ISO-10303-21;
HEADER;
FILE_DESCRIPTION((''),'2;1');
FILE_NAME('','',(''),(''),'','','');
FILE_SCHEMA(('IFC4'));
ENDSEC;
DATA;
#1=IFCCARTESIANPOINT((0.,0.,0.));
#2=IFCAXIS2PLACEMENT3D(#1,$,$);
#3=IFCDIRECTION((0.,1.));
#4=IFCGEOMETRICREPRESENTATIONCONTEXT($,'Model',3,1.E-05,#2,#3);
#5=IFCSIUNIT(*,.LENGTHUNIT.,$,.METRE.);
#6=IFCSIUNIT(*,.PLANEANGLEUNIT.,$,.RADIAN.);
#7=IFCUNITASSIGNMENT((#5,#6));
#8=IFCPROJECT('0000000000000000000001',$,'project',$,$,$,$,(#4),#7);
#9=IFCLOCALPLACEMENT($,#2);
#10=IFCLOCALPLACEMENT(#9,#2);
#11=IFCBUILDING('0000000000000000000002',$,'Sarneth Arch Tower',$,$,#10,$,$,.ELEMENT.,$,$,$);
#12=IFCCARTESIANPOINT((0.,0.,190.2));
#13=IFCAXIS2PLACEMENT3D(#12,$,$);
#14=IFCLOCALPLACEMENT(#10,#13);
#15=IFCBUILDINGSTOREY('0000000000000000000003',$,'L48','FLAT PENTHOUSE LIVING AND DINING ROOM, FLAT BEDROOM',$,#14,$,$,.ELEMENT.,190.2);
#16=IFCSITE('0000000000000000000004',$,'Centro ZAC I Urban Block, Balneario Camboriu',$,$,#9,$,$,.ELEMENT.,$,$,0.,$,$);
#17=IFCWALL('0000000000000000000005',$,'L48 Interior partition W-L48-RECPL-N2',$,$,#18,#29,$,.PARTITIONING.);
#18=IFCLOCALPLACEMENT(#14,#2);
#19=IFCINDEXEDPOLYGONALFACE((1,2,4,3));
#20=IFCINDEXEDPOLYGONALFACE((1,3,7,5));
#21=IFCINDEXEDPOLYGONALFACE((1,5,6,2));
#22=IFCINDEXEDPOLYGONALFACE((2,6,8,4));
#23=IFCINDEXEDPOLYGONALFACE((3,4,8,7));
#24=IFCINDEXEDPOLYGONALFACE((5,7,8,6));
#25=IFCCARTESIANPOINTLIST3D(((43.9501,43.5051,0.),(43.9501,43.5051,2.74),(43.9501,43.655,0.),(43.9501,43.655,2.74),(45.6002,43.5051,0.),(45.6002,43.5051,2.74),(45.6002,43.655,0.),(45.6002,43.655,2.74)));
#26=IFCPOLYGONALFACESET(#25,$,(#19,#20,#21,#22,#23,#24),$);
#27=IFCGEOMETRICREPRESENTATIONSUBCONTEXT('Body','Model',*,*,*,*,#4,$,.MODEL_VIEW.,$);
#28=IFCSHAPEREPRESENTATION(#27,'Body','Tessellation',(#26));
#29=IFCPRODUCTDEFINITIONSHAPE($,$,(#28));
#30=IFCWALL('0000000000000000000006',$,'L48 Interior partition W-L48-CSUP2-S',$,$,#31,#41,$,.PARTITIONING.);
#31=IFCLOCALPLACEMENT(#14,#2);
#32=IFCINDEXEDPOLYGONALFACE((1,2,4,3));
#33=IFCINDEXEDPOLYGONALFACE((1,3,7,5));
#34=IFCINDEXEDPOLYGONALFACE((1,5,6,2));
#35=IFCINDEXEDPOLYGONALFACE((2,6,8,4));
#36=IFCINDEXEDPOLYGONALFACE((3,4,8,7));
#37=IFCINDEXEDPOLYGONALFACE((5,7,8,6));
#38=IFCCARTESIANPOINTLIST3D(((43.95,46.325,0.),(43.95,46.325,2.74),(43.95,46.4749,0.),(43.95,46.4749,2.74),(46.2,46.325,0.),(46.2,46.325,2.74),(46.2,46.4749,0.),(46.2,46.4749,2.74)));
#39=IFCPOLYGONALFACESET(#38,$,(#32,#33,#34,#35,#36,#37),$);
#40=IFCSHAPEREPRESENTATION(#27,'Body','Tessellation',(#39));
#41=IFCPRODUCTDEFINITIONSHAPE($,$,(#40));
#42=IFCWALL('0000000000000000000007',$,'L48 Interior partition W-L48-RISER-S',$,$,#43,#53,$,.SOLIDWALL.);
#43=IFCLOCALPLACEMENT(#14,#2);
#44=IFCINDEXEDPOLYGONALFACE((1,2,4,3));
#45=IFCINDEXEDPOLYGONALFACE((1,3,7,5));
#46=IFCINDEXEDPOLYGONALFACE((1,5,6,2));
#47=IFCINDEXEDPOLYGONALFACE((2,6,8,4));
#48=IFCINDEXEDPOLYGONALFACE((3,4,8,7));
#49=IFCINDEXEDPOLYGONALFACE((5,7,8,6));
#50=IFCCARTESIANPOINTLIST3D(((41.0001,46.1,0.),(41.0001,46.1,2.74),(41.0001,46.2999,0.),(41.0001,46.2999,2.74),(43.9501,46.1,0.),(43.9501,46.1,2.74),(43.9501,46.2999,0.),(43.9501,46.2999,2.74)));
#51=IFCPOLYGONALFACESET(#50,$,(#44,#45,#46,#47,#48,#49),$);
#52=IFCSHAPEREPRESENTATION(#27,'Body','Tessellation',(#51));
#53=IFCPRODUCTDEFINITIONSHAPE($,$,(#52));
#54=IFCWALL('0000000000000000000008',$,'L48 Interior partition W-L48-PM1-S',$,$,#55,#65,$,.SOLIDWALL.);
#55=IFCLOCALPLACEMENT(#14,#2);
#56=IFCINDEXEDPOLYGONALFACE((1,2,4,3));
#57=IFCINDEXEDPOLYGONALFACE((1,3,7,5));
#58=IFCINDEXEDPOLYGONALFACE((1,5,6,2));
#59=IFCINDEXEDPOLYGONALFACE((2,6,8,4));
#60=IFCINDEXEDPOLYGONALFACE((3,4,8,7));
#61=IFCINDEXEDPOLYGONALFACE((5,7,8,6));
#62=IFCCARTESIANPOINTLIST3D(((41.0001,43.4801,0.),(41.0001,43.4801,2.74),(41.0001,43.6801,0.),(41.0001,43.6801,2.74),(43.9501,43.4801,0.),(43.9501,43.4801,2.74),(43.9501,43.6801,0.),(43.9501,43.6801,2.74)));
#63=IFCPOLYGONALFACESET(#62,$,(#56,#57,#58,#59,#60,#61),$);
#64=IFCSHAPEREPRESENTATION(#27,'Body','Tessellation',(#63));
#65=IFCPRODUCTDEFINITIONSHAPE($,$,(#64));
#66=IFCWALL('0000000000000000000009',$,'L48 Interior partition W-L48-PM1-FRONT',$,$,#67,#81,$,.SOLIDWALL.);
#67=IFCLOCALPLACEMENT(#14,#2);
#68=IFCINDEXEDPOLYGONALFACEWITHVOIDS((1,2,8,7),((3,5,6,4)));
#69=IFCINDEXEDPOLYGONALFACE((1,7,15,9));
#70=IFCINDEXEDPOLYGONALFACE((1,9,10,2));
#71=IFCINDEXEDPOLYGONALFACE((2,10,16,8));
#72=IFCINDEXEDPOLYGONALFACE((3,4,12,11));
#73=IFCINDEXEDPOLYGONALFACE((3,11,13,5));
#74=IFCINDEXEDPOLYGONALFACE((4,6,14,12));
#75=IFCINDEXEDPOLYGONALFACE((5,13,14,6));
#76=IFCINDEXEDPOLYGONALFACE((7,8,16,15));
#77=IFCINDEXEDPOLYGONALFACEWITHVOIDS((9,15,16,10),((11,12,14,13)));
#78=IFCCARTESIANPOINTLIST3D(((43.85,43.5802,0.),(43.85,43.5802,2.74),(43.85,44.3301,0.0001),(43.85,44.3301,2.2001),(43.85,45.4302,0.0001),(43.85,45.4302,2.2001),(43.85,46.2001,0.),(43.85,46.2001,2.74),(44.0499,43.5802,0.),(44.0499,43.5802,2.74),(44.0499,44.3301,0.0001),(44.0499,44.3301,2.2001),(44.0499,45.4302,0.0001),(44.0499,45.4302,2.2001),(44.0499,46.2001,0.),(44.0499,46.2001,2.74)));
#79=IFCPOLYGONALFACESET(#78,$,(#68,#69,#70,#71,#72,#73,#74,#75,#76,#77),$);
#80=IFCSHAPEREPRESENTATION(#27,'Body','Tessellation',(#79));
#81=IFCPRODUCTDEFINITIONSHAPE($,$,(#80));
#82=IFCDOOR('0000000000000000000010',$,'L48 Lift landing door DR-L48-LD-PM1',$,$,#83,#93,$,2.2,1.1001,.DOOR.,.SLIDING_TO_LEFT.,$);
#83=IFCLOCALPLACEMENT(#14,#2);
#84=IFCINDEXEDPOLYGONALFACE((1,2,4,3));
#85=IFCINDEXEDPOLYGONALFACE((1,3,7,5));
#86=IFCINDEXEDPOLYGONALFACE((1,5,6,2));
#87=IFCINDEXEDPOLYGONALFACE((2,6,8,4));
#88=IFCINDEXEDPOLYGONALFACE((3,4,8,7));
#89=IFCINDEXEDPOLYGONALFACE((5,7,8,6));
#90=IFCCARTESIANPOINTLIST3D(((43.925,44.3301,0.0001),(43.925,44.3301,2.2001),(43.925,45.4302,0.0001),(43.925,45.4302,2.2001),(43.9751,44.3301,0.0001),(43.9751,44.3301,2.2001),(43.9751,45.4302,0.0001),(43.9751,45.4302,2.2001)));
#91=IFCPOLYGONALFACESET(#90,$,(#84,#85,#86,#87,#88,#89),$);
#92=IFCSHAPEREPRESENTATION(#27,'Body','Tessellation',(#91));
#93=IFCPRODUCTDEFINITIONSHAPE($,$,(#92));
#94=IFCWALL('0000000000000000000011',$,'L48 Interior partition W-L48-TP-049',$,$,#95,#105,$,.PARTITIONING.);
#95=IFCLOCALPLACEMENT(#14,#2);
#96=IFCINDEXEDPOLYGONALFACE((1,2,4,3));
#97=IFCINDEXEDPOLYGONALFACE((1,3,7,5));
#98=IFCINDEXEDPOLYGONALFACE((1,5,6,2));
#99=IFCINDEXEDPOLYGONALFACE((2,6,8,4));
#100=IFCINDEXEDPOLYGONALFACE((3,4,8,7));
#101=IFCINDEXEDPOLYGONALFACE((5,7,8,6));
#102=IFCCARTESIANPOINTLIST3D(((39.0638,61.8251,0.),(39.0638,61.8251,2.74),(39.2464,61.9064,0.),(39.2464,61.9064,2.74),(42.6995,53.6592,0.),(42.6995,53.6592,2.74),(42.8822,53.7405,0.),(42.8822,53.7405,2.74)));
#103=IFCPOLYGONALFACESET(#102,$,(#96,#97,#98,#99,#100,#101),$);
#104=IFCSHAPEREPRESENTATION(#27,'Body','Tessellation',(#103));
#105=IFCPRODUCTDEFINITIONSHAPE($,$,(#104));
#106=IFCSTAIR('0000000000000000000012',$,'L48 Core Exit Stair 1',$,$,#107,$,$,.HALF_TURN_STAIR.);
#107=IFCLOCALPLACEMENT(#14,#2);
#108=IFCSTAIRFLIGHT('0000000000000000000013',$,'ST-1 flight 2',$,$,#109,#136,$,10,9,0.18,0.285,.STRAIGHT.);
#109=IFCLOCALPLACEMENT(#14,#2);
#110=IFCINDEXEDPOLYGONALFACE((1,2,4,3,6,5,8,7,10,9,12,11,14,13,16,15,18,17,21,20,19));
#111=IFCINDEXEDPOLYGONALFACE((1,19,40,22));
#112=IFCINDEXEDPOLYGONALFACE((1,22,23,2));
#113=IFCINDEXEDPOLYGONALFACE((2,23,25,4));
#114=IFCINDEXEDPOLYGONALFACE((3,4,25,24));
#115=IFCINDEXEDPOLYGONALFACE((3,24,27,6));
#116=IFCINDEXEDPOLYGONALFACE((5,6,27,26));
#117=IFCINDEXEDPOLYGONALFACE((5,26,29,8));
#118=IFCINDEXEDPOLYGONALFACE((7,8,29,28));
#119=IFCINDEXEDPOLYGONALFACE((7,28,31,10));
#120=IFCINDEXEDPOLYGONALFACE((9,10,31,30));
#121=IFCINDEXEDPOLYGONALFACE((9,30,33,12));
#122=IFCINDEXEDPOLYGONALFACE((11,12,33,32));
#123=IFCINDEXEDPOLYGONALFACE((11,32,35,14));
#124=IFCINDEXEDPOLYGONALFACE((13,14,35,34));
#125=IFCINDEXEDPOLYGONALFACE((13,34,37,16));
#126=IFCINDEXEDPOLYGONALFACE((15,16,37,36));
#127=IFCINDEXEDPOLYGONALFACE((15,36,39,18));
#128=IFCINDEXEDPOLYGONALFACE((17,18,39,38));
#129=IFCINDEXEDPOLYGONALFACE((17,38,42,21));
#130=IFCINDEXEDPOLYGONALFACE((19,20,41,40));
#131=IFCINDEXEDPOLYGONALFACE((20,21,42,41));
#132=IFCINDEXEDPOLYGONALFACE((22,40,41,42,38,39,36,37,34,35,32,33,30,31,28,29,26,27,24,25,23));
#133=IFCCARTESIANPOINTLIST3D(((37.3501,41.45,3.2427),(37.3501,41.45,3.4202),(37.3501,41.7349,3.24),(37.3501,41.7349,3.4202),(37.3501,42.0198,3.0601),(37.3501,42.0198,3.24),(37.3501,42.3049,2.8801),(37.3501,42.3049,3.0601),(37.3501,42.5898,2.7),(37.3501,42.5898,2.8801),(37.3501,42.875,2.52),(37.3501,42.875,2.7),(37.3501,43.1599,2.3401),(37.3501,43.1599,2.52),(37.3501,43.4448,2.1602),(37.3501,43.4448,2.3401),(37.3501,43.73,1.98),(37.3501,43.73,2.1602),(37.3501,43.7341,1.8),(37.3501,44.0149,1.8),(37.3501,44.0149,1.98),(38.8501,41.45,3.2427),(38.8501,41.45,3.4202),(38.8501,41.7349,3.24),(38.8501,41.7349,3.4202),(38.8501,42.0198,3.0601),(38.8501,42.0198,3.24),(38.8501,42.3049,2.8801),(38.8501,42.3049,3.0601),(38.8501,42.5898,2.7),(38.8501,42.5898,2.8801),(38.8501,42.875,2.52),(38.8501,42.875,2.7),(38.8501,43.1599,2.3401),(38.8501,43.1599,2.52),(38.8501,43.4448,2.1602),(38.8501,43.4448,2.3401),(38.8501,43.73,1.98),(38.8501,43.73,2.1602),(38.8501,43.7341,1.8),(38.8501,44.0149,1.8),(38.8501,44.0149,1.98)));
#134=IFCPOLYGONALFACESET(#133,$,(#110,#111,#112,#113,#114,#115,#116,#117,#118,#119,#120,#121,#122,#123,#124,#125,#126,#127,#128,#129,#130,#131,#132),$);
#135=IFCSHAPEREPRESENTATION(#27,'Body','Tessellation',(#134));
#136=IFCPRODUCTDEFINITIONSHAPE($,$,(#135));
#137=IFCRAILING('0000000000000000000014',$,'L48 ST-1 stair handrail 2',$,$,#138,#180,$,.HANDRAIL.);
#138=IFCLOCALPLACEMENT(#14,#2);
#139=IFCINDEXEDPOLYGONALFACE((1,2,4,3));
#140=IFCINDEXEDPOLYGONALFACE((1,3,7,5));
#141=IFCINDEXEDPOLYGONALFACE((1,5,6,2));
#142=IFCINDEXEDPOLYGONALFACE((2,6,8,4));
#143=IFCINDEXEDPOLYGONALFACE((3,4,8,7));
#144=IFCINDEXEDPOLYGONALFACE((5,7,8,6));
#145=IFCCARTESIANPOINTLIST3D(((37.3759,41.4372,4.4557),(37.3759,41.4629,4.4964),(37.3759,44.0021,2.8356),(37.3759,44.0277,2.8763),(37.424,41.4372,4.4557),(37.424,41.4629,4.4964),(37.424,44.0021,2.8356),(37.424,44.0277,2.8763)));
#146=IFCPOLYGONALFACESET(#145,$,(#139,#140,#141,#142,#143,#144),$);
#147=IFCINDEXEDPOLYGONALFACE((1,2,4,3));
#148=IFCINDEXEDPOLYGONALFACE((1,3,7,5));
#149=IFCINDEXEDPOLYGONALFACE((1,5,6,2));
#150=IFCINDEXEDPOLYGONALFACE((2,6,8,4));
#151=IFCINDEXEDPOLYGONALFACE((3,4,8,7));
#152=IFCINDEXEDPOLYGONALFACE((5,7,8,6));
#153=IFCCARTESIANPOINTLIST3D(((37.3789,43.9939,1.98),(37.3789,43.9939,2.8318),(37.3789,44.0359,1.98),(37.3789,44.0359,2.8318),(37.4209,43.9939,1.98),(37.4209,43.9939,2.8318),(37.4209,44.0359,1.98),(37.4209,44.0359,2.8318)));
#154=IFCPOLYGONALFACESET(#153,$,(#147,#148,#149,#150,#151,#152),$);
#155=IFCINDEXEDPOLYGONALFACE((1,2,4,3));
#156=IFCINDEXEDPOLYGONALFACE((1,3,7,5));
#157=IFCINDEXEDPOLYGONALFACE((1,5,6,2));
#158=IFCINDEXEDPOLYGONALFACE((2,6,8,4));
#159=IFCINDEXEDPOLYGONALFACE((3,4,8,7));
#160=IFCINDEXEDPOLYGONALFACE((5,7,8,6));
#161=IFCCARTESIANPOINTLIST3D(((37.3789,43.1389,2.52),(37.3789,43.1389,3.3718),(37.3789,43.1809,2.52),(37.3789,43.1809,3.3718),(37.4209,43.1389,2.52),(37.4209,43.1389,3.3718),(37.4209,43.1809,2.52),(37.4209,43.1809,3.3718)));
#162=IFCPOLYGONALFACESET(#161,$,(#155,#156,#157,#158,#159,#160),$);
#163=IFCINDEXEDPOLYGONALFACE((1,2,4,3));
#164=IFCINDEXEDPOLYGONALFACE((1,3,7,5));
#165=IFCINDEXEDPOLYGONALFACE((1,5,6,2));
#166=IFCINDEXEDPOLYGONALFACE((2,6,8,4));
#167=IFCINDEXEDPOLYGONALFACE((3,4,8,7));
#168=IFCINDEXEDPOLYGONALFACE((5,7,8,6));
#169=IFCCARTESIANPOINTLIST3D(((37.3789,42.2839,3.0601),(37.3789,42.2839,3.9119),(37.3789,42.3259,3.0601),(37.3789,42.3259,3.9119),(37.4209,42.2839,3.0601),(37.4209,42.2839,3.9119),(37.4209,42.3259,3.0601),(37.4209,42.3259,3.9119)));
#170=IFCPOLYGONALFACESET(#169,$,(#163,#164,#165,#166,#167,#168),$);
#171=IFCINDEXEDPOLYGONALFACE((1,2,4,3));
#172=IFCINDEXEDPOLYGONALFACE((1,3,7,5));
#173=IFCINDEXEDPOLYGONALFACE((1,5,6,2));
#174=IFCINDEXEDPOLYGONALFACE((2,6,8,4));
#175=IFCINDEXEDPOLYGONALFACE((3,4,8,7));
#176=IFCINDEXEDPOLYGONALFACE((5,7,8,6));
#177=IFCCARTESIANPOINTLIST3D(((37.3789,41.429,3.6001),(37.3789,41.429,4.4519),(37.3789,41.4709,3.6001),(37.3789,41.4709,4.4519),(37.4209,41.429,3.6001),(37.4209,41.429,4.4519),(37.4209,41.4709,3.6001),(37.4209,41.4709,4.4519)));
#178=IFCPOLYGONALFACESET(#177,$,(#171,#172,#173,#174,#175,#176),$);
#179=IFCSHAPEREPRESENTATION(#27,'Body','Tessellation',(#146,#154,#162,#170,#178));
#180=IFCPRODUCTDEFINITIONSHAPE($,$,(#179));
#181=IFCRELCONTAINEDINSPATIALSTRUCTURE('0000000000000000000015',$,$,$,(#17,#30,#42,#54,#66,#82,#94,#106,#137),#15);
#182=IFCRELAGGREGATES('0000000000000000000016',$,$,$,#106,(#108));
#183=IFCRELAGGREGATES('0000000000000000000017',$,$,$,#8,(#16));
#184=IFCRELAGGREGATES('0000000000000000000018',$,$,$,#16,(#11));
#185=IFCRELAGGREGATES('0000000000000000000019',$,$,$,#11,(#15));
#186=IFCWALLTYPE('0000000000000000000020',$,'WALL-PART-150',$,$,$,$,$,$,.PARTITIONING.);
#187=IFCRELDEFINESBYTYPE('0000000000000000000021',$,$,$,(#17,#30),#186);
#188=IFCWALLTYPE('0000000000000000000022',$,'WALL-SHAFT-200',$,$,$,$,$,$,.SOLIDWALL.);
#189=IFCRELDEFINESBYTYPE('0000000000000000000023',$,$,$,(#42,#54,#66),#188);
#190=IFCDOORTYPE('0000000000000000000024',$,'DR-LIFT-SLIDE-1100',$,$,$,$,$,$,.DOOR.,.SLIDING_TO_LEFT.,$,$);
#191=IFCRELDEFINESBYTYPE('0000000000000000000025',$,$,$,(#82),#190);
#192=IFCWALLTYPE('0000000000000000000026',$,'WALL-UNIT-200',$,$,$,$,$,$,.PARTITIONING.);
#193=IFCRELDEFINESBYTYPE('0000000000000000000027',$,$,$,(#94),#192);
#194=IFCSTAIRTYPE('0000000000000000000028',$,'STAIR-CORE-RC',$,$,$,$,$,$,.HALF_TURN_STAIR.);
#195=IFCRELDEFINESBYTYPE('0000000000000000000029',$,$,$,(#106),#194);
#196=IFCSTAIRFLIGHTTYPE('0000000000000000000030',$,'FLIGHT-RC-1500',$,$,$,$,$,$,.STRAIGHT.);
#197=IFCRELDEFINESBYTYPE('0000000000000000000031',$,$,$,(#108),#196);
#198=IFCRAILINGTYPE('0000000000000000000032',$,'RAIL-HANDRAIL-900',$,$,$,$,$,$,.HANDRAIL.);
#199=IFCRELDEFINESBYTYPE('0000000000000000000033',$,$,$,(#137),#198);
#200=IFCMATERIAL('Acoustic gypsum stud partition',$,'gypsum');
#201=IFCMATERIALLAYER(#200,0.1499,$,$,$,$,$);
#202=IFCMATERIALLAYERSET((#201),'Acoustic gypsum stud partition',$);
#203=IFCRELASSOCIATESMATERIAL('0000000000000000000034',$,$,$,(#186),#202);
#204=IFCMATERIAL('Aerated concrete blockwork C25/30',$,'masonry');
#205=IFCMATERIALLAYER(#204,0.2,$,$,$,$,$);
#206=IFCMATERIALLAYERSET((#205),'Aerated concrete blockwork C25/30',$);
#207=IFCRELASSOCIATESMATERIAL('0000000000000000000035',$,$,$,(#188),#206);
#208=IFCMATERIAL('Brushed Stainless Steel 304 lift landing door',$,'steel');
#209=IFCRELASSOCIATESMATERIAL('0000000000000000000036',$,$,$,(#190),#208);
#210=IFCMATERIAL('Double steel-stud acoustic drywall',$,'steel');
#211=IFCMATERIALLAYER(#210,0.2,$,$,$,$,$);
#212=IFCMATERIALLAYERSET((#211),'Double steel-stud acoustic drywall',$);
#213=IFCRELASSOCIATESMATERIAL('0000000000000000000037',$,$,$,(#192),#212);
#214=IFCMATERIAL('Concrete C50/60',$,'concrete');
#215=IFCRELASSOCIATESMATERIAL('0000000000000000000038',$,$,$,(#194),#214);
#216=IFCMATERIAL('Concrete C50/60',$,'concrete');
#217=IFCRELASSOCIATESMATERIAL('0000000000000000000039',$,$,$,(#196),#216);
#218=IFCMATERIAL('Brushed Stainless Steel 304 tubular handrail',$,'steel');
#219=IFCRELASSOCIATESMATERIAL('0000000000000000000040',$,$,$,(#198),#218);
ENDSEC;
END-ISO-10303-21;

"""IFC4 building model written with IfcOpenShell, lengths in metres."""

from ifc_helpers import new_model, si_unit, direction, frame, frame_2d, origin, origin_2d, place, context, subcontext, project, spatial, polyline, rectangle, outline, extrude, material, layer, layer_set, type_object, element, fill, aggregate, save


model = new_model("IFC4")

# Units and contexts
model_context = context("Model", 3, precision=1e-05, world=origin(), true_north=direction((0.0, 1.0)))
body_context = subcontext(model_context, "Body", "Model", "MODEL_VIEW")
ifc_project = project(units=[si_unit("LENGTHUNIT", "METRE"), si_unit("PLANEANGLEUNIT", "RADIAN")], contexts=[model_context])

# Site, building, storey
site_placement = place(None, origin())
site = spatial("IfcSite", under=ifc_project, at=site_placement, Name="Centro ZAC I Urban Block, Balneario Camboriu", CompositionType="ELEMENT", RefElevation=0.0)
building_placement = place(site_placement, origin())
building = spatial("IfcBuilding", under=site, at=building_placement, Name="Sarneth Arch Tower", CompositionType="ELEMENT")
storey_placement = place(building_placement, frame((0.0, 0.0, 190.2)))
storey = spatial("IfcBuildingStorey", under=building, at=storey_placement, Name="L48", Description="FLAT PENTHOUSE LIVING AND DINING ROOM, FLAT BEDROOM", CompositionType="ELEMENT", Elevation=190.2)

# Walls
ifc_material_1 = material(Name="Acoustic gypsum stud partition", Category="gypsum")
ifc_layer_1 = layer(ifc_material_1, 0.1499)
ifc_layer_set_1 = layer_set([ifc_layer_1], Name="Acoustic gypsum stud partition")
wall_type_1 = type_object("IfcWallType", Name="WALL-PART-150", PredefinedType="PARTITIONING", material=ifc_layer_set_1)
wall_1_placement = place(storey_placement, frame((43.95, 43.5801, 0.0), z_axis=(0.0, 0.0, 1.0), x_axis=(1.0, 0.0, 0.0)))
element("IfcWall", 1, at=wall_1_placement, inside=storey, type_object=wall_type_1, Name="L48 Interior partition W-L48-RECPL-N2", PredefinedType="PARTITIONING", context=body_context, shape_type="SweptSolid", body=[
    extrude(rectangle(XDim=1.6501, YDim=0.1499, at=frame_2d((0.8252, 0.0))), origin(), (0.0, 0.0, 1.0), 2.74),
])
wall_2_placement = place(storey_placement, frame((43.95, 46.3999, 0.0), z_axis=(0.0, 0.0, 1.0), x_axis=(1.0, 0.0, 0.0)))
element("IfcWall", 2, at=wall_2_placement, inside=storey, type_object=wall_type_1, Name="L48 Interior partition W-L48-CSUP2-S", PredefinedType="PARTITIONING", context=body_context, shape_type="SweptSolid", body=[
    extrude(rectangle(XDim=2.25, YDim=0.1499, at=frame_2d((1.125, 0.0))), origin(), (0.0, 0.0, 1.0), 2.74),
])

# Wall
ifc_material_2 = material(Name="Aerated concrete blockwork C25/30", Category="masonry")
ifc_layer_2 = layer(ifc_material_2, 0.2)
ifc_layer_set_2 = layer_set([ifc_layer_2], Name="Aerated concrete blockwork C25/30")
wall_type_2 = type_object("IfcWallType", Name="WALL-SHAFT-200", PredefinedType="SOLIDWALL", material=ifc_layer_set_2)
wall_3_placement = place(storey_placement, frame((41.0, 46.2, 0.0), z_axis=(0.0, 0.0, 1.0), x_axis=(1.0, 0.0, 0.0)))
element("IfcWall", 3, at=wall_3_placement, inside=storey, type_object=wall_type_2, Name="L48 Interior partition W-L48-RISER-S", PredefinedType="SOLIDWALL", context=body_context, shape_type="SweptSolid", body=[
    extrude(rectangle(XDim=2.95, YDim=0.2, at=frame_2d((1.4751, 0.0))), origin(), (0.0, 0.0, 1.0), 2.74),
])

# Wall
wall_4_placement = place(storey_placement, frame((41.0, 43.5801, 0.0), z_axis=(0.0, 0.0, 1.0), x_axis=(1.0, 0.0, 0.0)))
element("IfcWall", 4, at=wall_4_placement, inside=storey, type_object=wall_type_2, Name="L48 Interior partition W-L48-PM1-S", PredefinedType="SOLIDWALL", context=body_context, shape_type="SweptSolid", body=[
    extrude(rectangle(XDim=2.95, YDim=0.2, at=frame_2d((1.4751, 0.0))), origin(), (0.0, 0.0, 1.0), 2.74),
])

# Wall, opening, door
wall_5_placement = place(storey_placement, frame((43.95, 43.5801, 0.0), z_axis=(0.0, 0.0, 1.0), x_axis=(0.0, 1.0, 0.0)))
wall_5 = element("IfcWall", 5, at=wall_5_placement, inside=storey, type_object=wall_type_2, Name="L48 Interior partition W-L48-PM1-FRONT", PredefinedType="SOLIDWALL", context=body_context, shape_type="SweptSolid", body=[
    extrude(rectangle(XDim=2.6199, YDim=0.2, at=frame_2d((1.3101, 0.0))), origin(), (0.0, 0.0, 1.0), 2.74),
])
opening_1_placement = place(wall_5_placement, frame((0.75, 0.0, 0.0)))
opening_1 = element("IfcOpeningElement", 6, at=opening_1_placement, cuts=wall_5, PredefinedType="OPENING", context=body_context, shape_type="SweptSolid", body=[
    extrude(rectangle(XDim=1.1001, YDim=2.2, at=frame_2d((0.55, 1.1001))), frame((0.0, 0.1099, 0.0), z_axis=(0.0, -1.0, 0.0), x_axis=(1.0, 0.0, 0.0)), (0.0, 0.0, 1.0), 0.22),
])
ifc_material_3 = material(Name="Brushed Stainless Steel 304 lift landing door", Category="steel")
door_type_1 = type_object("IfcDoorType", Name="DR-LIFT-SLIDE-1100", OperationType="SLIDING_TO_LEFT", PredefinedType="DOOR", material=ifc_material_3)
door_1_placement = place(opening_1_placement, origin())
door_1 = element("IfcDoor", 7, at=door_1_placement, inside=storey, type_object=door_type_1, Name="L48 Lift landing door DR-L48-LD-PM1", OperationType="SLIDING_TO_LEFT", OverallHeight=2.2, OverallWidth=1.1001, PredefinedType="DOOR", context=body_context, shape_type="SweptSolid", body=[
    extrude(rectangle(XDim=1.1001, YDim=2.2, at=frame_2d((0.55, 1.1001))), frame((0.0, 0.0249, 0.0), z_axis=(0.0, -1.0, 0.0), x_axis=(1.0, 0.0, 0.0)), (0.0, 0.0, 1.0), 0.05),
])
fill(opening_1, door_1)

# Wall
ifc_material_4 = material(Name="Double steel-stud acoustic drywall", Category="steel")
ifc_layer_3 = layer(ifc_material_4, 0.2)
ifc_layer_set_3 = layer_set([ifc_layer_3], Name="Double steel-stud acoustic drywall")
wall_type_3 = type_object("IfcWallType", Name="WALL-UNIT-200", PredefinedType="PARTITIONING", material=ifc_layer_set_3)
wall_6_placement = place(storey_placement, frame((42.7908, 53.7, 0.0), z_axis=(0.0, 0.0, 1.0), x_axis=(-0.406736, 0.913546, 0.0)))
element("IfcWall", 8, at=wall_6_placement, inside=storey, type_object=wall_type_3, Name="L48 Interior partition W-L48-TP-049", PredefinedType="PARTITIONING", context=body_context, shape_type="SweptSolid", body=[
    extrude(rectangle(XDim=8.9387, YDim=0.2, at=frame_2d((4.4692, 0.0))), origin(), (0.0, 0.0, 1.0), 2.74),
])

# Stair, stair flight
ifc_material_5 = material(Name="Concrete C50/60", Category="concrete")
stair_type = type_object("IfcStairType", Name="STAIR-CORE-RC", PredefinedType="HALF_TURN_STAIR", material=ifc_material_5)
stair_placement = place(storey_placement, origin())
stair = element("IfcStair", 9, at=stair_placement, inside=storey, type_object=stair_type, Name="L48 Core Exit Stair 1", PredefinedType="HALF_TURN_STAIR")
ifc_material_6 = material(Name="Concrete C50/60", Category="concrete")
stair_flight_type = type_object("IfcStairFlightType", Name="FLIGHT-RC-1500", PredefinedType="STRAIGHT", material=ifc_material_6)
stair_flight_placement = place(storey_placement, frame((38.1001, 44.0149, 1.8), z_axis=(0.0, 0.0, 1.0), x_axis=(0.0, -1.0, 0.0)))
stair_flight = element("IfcStairFlight", 10, at=stair_flight_placement, type_object=stair_flight_type, Name="ST-1 flight 2", NumberOfRisers=10, NumberOfTreads=9, PredefinedType="STRAIGHT", RiserHeight=0.18, TreadLength=0.285, context=body_context, shape_type="SweptSolid", body=[
    extrude(outline(polyline([(0.0, 0.0), (0.0, 0.1799), (0.2849, 0.1799), (0.2849, 0.3601), (0.5701, 0.3601), (0.5701, 0.54), (0.855, 0.54), (0.855, 0.72), (1.1399, 0.72), (1.1399, 0.8999), (1.425, 0.8999), (1.425, 1.0801), (1.71, 1.0801), (1.71, 1.26), (1.9951, 1.26), (1.9951, 1.4399), (2.28, 1.4399), (2.28, 1.6201), (2.5649, 1.6201), (2.5649, 1.8), (2.5649, 1.4426), (0.2808, 0.0), (0.0, 0.0)])), frame((0.0, 0.75, 0.0), z_axis=(0.0, -1.0, 0.0), x_axis=(1.0, 0.0, 0.0)), (0.0, 0.0, 1.0), 1.5),
])
aggregate(stair, [stair_flight])

# Railing
ifc_material_7 = material(Name="Brushed Stainless Steel 304 tubular handrail", Category="steel")
railing_type_1 = type_object("IfcRailingType", Name="RAIL-HANDRAIL-900", PredefinedType="HANDRAIL", material=ifc_material_7)
railing_1_placement = place(storey_placement, frame((37.3999, 44.0149, 1.98)))
element("IfcRailing", 11, at=railing_1_placement, inside=storey, type_object=railing_type_1, Name="L48 ST-1 stair handrail 2", PredefinedType="HANDRAIL", context=body_context, shape_type="SweptSolid", body=[
    extrude(rectangle(XDim=0.0481, YDim=0.0481, at=origin_2d()), frame((0.0, 0.0, 0.876), z_axis=(0.0, -0.845466, 0.534029), x_axis=(1.0, 0.0, 0.0)), (0.0, 0.0, 1.0), 3.0337),
    extrude(rectangle(XDim=0.042, YDim=0.042, at=origin_2d()), origin(), (0.0, 0.0, 1.0), 0.8518),
    extrude(rectangle(XDim=0.042, YDim=0.042, at=origin_2d()), frame((0.0, -0.855, 0.54)), (0.0, 0.0, 1.0), 0.8518),
    extrude(rectangle(XDim=0.042, YDim=0.042, at=origin_2d()), frame((0.0, -1.71, 1.0801)), (0.0, 0.0, 1.0), 0.8518),
    extrude(rectangle(XDim=0.042, YDim=0.042, at=origin_2d()), frame((0.0, -2.5649, 1.6201)), (0.0, 0.0, 1.0), 0.8518),
])

save(model, "model.ifc")
